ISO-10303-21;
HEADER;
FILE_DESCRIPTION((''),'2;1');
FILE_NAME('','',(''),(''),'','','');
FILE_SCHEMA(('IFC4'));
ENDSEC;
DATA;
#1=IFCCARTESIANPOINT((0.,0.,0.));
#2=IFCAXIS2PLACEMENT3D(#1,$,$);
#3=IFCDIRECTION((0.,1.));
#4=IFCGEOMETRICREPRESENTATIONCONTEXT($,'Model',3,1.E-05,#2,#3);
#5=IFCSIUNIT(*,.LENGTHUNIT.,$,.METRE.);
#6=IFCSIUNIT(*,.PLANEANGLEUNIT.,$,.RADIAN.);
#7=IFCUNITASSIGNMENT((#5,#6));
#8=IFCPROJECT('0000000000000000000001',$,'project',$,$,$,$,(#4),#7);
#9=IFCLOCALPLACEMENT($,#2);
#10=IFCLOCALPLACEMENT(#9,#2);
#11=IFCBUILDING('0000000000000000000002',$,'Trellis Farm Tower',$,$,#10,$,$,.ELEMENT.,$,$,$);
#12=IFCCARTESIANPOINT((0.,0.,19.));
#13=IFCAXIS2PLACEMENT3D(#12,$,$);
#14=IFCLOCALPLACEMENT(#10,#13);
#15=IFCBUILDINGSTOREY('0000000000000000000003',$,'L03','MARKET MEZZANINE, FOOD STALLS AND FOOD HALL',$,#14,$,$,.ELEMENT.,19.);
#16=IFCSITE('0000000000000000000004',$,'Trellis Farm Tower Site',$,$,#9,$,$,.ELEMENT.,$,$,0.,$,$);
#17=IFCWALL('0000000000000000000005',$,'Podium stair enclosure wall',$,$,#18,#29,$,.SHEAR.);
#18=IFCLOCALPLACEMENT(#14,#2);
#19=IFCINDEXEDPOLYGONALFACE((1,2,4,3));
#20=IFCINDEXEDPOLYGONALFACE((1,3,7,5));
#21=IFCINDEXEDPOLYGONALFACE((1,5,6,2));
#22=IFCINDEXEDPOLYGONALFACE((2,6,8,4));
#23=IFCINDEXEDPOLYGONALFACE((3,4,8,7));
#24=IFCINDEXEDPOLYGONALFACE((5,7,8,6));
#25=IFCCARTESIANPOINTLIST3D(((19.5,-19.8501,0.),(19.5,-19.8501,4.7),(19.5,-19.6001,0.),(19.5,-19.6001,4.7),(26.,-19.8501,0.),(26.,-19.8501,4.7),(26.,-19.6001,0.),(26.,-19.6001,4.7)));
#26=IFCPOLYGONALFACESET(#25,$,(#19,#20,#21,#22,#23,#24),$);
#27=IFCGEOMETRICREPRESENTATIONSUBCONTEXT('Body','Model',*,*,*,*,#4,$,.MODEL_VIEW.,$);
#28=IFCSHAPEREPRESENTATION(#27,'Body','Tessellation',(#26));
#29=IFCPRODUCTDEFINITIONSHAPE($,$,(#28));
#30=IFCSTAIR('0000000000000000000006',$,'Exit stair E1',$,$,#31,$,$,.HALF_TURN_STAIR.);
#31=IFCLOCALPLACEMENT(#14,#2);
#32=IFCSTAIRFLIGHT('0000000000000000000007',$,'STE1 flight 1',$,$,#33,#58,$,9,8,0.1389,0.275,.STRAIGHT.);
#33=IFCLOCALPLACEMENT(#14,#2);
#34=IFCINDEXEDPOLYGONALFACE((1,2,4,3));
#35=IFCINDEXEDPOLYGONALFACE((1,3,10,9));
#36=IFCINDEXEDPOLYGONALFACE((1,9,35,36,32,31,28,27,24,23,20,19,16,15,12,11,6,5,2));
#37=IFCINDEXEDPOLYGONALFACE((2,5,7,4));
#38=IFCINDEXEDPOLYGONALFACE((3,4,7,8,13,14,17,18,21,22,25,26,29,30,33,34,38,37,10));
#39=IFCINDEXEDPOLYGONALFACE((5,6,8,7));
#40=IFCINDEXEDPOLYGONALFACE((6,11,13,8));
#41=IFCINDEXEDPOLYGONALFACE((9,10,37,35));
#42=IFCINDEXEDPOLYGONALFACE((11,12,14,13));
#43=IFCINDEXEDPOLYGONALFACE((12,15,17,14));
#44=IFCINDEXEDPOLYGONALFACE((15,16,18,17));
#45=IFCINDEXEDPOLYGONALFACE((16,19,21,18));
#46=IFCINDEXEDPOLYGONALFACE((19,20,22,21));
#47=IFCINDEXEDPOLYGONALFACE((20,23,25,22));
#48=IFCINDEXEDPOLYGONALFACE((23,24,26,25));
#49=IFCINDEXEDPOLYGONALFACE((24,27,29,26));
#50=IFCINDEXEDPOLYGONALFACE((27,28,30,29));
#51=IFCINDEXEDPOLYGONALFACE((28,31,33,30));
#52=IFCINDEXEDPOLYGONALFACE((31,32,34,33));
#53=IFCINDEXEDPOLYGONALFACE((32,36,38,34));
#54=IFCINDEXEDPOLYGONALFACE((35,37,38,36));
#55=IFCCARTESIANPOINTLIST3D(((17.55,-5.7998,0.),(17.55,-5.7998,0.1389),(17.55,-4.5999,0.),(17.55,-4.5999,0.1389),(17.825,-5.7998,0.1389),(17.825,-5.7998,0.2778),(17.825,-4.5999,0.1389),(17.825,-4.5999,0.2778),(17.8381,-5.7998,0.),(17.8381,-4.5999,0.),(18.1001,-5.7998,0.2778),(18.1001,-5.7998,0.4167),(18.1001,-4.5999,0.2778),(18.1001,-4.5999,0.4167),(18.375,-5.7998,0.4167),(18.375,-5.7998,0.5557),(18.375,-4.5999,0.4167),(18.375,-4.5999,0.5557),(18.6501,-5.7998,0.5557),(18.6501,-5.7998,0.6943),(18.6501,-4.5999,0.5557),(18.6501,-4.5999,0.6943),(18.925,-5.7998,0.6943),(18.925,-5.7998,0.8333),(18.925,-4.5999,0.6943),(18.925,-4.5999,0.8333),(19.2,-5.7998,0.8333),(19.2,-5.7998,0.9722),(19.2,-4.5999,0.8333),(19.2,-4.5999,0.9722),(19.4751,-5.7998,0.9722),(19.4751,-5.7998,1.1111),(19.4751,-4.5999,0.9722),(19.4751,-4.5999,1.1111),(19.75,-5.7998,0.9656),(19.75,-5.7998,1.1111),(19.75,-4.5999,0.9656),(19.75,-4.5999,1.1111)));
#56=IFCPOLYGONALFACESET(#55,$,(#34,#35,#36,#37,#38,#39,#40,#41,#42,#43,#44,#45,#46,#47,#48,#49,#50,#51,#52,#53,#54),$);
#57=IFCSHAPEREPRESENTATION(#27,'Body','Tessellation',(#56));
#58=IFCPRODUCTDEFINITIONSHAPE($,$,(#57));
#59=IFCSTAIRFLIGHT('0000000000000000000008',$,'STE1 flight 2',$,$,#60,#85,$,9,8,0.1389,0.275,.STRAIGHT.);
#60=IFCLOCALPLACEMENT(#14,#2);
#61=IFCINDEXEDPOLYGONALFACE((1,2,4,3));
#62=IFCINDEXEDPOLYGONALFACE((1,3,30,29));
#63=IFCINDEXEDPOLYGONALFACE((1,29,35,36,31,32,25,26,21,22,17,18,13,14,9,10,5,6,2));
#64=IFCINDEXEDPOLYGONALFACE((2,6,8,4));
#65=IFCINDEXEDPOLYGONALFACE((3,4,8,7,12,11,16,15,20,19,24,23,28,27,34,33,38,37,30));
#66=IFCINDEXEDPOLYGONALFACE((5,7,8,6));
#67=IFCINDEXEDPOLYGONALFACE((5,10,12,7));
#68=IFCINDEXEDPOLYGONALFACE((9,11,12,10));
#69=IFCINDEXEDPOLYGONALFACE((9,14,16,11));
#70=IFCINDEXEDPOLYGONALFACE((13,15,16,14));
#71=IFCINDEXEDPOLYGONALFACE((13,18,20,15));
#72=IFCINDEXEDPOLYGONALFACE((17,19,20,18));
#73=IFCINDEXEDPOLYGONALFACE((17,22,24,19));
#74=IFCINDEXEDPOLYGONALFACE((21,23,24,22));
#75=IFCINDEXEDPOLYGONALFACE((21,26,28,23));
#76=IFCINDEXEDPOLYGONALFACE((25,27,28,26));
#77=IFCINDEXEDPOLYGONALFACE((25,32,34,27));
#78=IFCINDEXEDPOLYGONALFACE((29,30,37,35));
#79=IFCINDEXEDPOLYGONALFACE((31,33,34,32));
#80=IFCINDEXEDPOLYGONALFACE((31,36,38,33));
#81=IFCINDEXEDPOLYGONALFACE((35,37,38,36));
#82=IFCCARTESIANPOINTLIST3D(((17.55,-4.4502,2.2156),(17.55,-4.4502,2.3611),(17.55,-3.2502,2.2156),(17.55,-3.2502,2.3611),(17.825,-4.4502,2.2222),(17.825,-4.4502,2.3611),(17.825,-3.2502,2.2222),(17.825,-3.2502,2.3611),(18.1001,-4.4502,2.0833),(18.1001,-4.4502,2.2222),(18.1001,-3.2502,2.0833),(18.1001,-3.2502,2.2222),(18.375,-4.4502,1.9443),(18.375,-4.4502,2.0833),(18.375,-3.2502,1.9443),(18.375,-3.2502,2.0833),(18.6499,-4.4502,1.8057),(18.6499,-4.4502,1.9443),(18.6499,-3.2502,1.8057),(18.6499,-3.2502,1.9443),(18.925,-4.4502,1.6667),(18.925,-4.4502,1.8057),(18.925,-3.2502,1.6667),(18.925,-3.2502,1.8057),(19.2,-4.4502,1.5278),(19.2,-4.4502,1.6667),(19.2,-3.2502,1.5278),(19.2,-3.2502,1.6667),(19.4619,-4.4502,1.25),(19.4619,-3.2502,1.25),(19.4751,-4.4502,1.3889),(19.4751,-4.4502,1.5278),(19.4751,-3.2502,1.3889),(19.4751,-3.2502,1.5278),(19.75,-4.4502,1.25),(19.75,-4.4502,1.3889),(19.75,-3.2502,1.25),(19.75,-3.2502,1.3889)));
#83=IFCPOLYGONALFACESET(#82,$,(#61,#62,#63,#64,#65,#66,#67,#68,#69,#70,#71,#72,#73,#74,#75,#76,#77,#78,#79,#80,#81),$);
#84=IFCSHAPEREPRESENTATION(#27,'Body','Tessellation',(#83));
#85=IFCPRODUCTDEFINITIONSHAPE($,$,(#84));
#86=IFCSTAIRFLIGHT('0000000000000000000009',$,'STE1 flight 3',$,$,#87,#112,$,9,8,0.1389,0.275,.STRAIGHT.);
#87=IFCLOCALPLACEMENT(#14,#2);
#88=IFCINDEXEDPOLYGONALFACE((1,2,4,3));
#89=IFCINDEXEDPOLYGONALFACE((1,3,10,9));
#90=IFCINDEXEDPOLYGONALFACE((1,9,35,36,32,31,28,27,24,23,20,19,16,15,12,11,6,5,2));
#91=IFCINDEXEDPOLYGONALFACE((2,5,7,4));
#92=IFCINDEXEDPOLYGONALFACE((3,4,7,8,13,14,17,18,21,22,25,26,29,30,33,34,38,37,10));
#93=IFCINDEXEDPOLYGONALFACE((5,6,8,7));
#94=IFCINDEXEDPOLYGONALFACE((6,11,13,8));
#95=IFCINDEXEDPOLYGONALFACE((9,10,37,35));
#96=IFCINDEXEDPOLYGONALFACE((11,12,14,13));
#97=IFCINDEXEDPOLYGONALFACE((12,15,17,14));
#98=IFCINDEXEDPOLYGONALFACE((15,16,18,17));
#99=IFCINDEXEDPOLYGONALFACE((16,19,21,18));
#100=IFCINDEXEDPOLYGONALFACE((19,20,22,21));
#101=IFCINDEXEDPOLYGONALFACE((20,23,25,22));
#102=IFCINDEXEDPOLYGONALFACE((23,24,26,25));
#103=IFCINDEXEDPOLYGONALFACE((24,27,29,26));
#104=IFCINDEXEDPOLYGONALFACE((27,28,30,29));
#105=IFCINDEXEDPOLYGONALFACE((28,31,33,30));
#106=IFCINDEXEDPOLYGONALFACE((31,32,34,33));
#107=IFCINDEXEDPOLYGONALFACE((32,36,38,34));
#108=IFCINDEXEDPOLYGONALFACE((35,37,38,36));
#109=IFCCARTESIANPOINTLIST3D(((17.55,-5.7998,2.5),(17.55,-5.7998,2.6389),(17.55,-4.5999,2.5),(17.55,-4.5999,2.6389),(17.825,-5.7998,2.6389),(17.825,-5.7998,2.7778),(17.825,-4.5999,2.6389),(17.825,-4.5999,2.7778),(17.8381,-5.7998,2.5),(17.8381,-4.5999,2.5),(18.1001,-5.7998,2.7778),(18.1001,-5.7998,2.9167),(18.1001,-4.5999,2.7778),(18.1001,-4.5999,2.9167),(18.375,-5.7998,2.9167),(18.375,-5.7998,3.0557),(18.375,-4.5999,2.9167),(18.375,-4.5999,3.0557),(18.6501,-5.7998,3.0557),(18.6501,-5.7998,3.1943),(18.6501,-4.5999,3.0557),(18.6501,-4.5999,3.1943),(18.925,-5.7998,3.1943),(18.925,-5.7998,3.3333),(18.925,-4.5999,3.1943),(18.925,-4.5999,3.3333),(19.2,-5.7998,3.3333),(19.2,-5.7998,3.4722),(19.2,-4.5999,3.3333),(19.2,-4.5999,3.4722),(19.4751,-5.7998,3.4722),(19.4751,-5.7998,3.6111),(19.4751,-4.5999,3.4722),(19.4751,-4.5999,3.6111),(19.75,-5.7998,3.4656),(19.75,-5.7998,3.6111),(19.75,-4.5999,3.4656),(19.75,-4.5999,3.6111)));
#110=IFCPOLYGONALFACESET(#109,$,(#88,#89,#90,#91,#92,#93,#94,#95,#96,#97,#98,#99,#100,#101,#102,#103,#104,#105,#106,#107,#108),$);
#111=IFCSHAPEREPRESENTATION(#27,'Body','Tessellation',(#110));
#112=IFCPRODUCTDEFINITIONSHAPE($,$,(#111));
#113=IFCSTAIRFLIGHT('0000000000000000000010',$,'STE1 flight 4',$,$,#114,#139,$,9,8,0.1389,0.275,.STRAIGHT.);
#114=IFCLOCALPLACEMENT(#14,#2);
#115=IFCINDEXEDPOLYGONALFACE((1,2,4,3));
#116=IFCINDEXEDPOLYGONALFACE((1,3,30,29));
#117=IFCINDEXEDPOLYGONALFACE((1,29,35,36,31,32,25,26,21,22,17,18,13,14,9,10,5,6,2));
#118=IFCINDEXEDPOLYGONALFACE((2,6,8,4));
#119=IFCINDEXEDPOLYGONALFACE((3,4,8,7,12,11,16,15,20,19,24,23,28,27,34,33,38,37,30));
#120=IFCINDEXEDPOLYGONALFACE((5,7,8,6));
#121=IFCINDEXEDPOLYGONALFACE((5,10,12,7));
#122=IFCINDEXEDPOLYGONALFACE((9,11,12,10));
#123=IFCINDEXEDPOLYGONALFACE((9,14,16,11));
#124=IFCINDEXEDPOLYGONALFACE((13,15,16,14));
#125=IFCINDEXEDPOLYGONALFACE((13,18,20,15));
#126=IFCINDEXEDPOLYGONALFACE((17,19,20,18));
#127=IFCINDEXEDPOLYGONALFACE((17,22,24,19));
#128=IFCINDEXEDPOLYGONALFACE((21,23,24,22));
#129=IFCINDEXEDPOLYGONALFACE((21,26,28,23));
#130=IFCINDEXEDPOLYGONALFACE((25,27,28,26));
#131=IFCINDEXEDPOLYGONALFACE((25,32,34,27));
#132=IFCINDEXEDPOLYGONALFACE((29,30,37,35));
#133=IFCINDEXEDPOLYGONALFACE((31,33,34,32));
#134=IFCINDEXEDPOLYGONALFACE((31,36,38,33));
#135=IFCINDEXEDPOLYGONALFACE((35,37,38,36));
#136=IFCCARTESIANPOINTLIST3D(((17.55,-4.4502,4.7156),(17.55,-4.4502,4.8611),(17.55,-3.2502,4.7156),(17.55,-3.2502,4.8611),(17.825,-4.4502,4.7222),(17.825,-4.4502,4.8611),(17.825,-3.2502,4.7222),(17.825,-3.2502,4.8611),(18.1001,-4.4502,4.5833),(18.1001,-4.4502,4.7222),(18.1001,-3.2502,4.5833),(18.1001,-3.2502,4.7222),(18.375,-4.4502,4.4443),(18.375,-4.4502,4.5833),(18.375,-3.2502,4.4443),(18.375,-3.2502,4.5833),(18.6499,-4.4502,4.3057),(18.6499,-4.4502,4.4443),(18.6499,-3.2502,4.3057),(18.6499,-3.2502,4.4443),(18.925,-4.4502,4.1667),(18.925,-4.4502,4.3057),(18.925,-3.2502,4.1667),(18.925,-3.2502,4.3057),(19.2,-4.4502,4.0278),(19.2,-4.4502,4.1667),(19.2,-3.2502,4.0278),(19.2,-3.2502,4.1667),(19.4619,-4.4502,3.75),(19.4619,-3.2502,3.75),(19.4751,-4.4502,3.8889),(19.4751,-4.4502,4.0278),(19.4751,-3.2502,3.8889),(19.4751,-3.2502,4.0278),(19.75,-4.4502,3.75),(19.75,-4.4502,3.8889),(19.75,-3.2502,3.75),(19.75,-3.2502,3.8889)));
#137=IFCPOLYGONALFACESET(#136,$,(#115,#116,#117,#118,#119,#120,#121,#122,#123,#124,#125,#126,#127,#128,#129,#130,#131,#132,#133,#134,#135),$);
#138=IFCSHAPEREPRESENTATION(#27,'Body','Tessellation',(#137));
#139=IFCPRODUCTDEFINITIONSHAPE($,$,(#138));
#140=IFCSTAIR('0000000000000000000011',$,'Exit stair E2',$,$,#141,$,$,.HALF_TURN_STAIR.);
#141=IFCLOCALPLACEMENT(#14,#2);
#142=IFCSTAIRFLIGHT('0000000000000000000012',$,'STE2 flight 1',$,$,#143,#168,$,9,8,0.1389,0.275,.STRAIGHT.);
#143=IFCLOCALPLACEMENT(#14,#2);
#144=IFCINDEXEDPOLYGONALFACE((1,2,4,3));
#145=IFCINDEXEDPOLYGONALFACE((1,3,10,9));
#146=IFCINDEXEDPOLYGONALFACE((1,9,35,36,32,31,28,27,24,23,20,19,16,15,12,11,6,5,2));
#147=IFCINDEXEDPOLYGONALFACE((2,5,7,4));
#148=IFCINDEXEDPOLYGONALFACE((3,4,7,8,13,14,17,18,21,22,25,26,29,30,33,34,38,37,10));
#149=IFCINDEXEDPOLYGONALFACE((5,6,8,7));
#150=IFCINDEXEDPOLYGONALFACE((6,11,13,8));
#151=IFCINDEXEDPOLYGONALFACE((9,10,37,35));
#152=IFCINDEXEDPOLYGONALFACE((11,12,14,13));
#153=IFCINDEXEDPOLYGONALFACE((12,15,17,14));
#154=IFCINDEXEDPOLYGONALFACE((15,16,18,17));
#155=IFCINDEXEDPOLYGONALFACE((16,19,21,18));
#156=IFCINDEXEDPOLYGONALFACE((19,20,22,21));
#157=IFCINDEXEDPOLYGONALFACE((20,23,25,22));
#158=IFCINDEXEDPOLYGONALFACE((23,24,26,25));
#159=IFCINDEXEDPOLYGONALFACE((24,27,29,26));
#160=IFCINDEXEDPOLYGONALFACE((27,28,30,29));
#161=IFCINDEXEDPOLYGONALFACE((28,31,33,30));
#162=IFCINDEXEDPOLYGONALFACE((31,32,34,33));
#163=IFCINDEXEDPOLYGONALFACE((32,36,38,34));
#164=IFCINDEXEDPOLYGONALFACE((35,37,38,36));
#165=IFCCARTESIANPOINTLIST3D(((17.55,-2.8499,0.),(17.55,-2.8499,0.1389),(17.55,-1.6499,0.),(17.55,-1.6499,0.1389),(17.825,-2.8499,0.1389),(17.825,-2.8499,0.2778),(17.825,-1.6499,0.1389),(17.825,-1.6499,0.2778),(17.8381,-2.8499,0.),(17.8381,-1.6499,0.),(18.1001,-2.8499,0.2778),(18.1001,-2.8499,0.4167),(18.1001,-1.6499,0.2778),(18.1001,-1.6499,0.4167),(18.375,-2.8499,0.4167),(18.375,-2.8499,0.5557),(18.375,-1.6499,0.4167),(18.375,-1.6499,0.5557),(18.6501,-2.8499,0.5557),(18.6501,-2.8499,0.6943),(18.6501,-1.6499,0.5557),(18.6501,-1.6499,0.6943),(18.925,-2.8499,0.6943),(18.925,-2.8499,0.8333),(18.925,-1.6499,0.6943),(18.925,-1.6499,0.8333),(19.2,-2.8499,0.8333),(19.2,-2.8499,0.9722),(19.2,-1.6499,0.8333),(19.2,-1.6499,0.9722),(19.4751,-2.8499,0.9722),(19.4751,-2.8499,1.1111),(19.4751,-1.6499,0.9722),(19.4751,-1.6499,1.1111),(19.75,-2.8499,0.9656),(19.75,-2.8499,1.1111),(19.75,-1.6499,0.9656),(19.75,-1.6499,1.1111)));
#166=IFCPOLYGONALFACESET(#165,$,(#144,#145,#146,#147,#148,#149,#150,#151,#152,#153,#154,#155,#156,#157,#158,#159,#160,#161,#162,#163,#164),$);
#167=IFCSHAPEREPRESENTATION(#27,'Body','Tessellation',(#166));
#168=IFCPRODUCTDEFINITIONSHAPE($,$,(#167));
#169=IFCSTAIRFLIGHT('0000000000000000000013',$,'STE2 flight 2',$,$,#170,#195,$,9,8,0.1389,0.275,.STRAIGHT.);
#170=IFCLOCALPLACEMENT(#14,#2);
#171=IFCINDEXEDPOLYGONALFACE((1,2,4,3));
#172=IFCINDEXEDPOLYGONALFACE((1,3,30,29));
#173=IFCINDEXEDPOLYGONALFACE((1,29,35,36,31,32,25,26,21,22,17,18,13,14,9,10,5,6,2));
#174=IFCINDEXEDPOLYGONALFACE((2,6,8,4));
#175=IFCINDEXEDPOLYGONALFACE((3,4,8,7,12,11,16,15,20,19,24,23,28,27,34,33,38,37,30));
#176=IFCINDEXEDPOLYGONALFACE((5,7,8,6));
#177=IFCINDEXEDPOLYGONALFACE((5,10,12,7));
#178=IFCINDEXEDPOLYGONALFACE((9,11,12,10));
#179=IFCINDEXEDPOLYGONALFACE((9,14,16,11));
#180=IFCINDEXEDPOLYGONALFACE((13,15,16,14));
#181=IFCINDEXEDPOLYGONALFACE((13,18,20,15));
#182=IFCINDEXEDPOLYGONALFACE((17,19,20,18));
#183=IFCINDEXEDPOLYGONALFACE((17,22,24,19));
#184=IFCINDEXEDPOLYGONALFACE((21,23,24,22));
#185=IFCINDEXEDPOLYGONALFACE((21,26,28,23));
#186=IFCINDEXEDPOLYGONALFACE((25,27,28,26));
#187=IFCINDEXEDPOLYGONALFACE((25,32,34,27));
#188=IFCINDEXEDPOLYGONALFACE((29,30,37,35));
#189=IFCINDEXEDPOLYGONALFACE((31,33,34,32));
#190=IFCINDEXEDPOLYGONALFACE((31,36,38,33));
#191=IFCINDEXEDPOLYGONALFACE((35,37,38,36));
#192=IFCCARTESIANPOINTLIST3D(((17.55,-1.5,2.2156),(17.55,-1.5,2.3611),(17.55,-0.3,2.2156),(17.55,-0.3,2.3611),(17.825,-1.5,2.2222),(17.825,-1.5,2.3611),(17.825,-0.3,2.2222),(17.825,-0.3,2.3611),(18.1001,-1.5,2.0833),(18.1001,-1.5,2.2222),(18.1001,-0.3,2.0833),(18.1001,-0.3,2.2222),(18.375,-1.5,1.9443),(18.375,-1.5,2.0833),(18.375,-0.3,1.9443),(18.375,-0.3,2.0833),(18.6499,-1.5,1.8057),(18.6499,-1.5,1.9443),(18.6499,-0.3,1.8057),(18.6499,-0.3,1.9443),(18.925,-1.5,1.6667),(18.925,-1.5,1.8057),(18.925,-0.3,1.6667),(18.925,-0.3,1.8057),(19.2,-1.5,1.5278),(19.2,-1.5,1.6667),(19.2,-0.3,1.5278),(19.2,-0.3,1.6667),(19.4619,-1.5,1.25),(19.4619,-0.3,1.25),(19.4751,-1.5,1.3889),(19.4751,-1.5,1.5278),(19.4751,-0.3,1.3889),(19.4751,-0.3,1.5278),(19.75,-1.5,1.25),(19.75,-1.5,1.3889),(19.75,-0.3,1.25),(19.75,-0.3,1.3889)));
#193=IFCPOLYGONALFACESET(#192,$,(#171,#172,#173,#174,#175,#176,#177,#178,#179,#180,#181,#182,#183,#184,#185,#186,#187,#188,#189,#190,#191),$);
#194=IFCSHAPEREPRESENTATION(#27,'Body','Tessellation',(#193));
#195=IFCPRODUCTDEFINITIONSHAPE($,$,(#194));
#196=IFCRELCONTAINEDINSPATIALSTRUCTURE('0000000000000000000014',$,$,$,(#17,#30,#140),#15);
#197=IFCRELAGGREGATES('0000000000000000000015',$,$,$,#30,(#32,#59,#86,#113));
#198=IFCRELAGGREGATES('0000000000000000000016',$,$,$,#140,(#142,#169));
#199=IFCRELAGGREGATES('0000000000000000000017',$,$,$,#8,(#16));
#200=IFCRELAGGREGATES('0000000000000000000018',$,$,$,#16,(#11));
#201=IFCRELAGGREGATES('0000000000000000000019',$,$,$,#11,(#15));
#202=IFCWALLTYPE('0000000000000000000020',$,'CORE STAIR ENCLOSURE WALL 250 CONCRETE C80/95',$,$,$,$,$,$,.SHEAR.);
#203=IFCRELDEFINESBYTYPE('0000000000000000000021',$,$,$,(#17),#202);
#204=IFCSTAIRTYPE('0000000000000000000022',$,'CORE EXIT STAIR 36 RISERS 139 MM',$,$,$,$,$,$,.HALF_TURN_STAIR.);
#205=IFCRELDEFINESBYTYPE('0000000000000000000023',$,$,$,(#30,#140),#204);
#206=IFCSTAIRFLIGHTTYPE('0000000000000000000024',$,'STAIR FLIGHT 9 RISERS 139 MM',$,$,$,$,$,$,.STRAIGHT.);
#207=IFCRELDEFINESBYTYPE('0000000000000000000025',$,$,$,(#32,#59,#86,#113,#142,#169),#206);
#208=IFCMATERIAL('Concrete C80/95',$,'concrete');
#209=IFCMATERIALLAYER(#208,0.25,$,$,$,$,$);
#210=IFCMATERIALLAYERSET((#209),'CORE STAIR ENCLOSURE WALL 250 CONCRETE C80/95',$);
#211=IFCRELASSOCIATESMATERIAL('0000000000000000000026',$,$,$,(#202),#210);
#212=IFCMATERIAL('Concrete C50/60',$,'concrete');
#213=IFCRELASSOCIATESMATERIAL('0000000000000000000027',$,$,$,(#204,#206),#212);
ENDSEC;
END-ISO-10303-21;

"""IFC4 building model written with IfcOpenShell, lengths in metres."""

from ifc_helpers import new_model, si_unit, direction, frame, frame_2d, origin, place, context, subcontext, project, spatial, polyline, rectangle, outline, extrude, source, transform, mapped, material, layer, layer_set, type_object, element, aggregate, save


model = new_model("IFC4")

# Units and contexts
model_context = context("Model", 3, precision=1e-05, world=origin(), true_north=direction((0.0, 1.0)))
body_context = subcontext(model_context, "Body", "Model", "MODEL_VIEW")
ifc_project = project(units=[si_unit("LENGTHUNIT", "METRE"), si_unit("PLANEANGLEUNIT", "RADIAN")], contexts=[model_context])

# Site, building, storey
site_placement = place(None, origin())
site = spatial("IfcSite", under=ifc_project, at=site_placement, Name="Trellis Farm Tower Site", CompositionType="ELEMENT", RefElevation=0.0)
building_placement = place(site_placement, origin())
building = spatial("IfcBuilding", under=site, at=building_placement, Name="Trellis Farm Tower", CompositionType="ELEMENT")
storey_placement = place(building_placement, frame((0.0, 0.0, 19.0)))
storey = spatial("IfcBuildingStorey", under=building, at=storey_placement, Name="L03", Description="MARKET MEZZANINE, FOOD STALLS AND FOOD HALL", CompositionType="ELEMENT", Elevation=19.0)

# Shared definitions
ifc_material_1 = material(Name="Concrete C80/95", Category="concrete")

# Wall
ifc_layer_1 = layer(ifc_material_1, 0.25)
ifc_layer_set_1 = layer_set([ifc_layer_1], Name="CORE STAIR ENCLOSURE WALL 250 CONCRETE C80/95")
wall_type_1 = type_object("IfcWallType", Name="CORE STAIR ENCLOSURE WALL 250 CONCRETE C80/95", PredefinedType="SHEAR", material=ifc_layer_set_1)
shared_shape_1 = source(origin(), body_context, "Body", "SweptSolid", [
    extrude(rectangle(XDim=6.5, YDim=0.25, at=frame_2d((3.25, 0.0))), origin(), (0.0, 0.0, 1.0), 4.7),
])
wall_1_placement = place(storey_placement, frame((19.5, -19.7251, 0.0), z_axis=(0.0, 0.0, 1.0), x_axis=(1.0, 0.0, 0.0)))
element("IfcWall", 1, at=wall_1_placement, inside=storey, type_object=wall_type_1, Name="Podium stair enclosure wall", PredefinedType="SHEAR", context=body_context, shape_type="MappedRepresentation", body=[
    mapped(shared_shape_1, transform((0.0, 0.0, 0.0))),
])

# Stairs, stair flights
ifc_material_2 = material(Name="Concrete C50/60", Category="concrete")
stair_type = type_object("IfcStairType", Name="CORE EXIT STAIR 36 RISERS 139 MM", PredefinedType="HALF_TURN_STAIR", material=ifc_material_2)
placement = place(storey_placement, origin())
stair_1 = element("IfcStair", 2, at=placement, inside=storey, type_object=stair_type, Name="Exit stair E1", PredefinedType="HALF_TURN_STAIR")
stair_flight_type = type_object("IfcStairFlightType", Name="STAIR FLIGHT 9 RISERS 139 MM", PredefinedType="STRAIGHT", material=ifc_material_2)
shared_shape_2 = source(origin(), body_context, "Body", "SweptSolid", [
    extrude(outline(polyline([(0.0, 0.0), (0.0, 0.1389), (0.2749, 0.1389), (0.2749, 0.2778), (0.55, 0.2778), (0.55, 0.4167), (0.825, 0.4167), (0.825, 0.5557), (1.1001, 0.5557), (1.1001, 0.6943), (1.375, 0.6943), (1.375, 0.8333), (1.6499, 0.8333), (1.6499, 0.9722), (1.925, 0.9722), (1.925, 1.1111), (2.2, 1.1111), (2.2, 1.25), (2.2, 0.9656), (0.2881, 0.0), (0.0, 0.0)])), frame((0.0, 0.6001, 0.0), z_axis=(0.0, -1.0, 0.0), x_axis=(1.0, 0.0, 0.0)), (0.0, 0.0, 1.0), 1.2),
])
stair_flight_1_placement = place(storey_placement, frame((17.55, -5.2, 0.0), z_axis=(0.0, 0.0, 1.0), x_axis=(1.0, 0.0, 0.0)))
stair_flight_1 = element("IfcStairFlight", 3, at=stair_flight_1_placement, type_object=stair_flight_type, Name="STE1 flight 1", NumberOfRisers=9, NumberOfTreads=8, PredefinedType="STRAIGHT", RiserHeight=0.1389, TreadLength=0.275, context=body_context, shape_type="MappedRepresentation", body=[
    mapped(shared_shape_2, transform((0.0, 0.0, 0.0))),
])
stair_flight_2_placement = place(storey_placement, frame((19.75, -3.8501, 1.25), z_axis=(0.0, 0.0, 1.0), x_axis=(-1.0, 0.0, 0.0)))
stair_flight_2 = element("IfcStairFlight", 4, at=stair_flight_2_placement, type_object=stair_flight_type, Name="STE1 flight 2", NumberOfRisers=9, NumberOfTreads=8, PredefinedType="STRAIGHT", RiserHeight=0.1389, TreadLength=0.275, context=body_context, shape_type="MappedRepresentation", body=[
    mapped(shared_shape_2, transform((0.0, 0.0, 0.0))),
])
stair_flight_3_placement = place(storey_placement, frame((17.55, -5.2, 2.5), z_axis=(0.0, 0.0, 1.0), x_axis=(1.0, 0.0, 0.0)))
stair_flight_3 = element("IfcStairFlight", 5, at=stair_flight_3_placement, type_object=stair_flight_type, Name="STE1 flight 3", NumberOfRisers=9, NumberOfTreads=8, PredefinedType="STRAIGHT", RiserHeight=0.1389, TreadLength=0.275, context=body_context, shape_type="MappedRepresentation", body=[
    mapped(shared_shape_2, transform((0.0, 0.0, 0.0))),
])
stair_flight_4_placement = place(storey_placement, frame((19.75, -3.8501, 3.75), z_axis=(0.0, 0.0, 1.0), x_axis=(-1.0, 0.0, 0.0)))
stair_flight_4 = element("IfcStairFlight", 6, at=stair_flight_4_placement, type_object=stair_flight_type, Name="STE1 flight 4", NumberOfRisers=9, NumberOfTreads=8, PredefinedType="STRAIGHT", RiserHeight=0.1389, TreadLength=0.275, context=body_context, shape_type="MappedRepresentation", body=[
    mapped(shared_shape_2, transform((0.0, 0.0, 0.0))),
])
aggregate(stair_1, [stair_flight_1, stair_flight_2, stair_flight_3, stair_flight_4])
stair_2 = element("IfcStair", 7, at=placement, inside=storey, type_object=stair_type, Name="Exit stair E2", PredefinedType="HALF_TURN_STAIR")
stair_flight_5_placement = place(storey_placement, frame((17.55, -2.25, 0.0), z_axis=(0.0, 0.0, 1.0), x_axis=(1.0, 0.0, 0.0)))
stair_flight_5 = element("IfcStairFlight", 8, at=stair_flight_5_placement, type_object=stair_flight_type, Name="STE2 flight 1", NumberOfRisers=9, NumberOfTreads=8, PredefinedType="STRAIGHT", RiserHeight=0.1389, TreadLength=0.275, context=body_context, shape_type="MappedRepresentation", body=[
    mapped(shared_shape_2, transform((0.0, 0.0, 0.0))),
])
stair_flight_6_placement = place(storey_placement, frame((19.75, -0.8999, 1.25), z_axis=(0.0, 0.0, 1.0), x_axis=(-1.0, 0.0, 0.0)))
stair_flight_6 = element("IfcStairFlight", 9, at=stair_flight_6_placement, type_object=stair_flight_type, Name="STE2 flight 2", NumberOfRisers=9, NumberOfTreads=8, PredefinedType="STRAIGHT", RiserHeight=0.1389, TreadLength=0.275, context=body_context, shape_type="MappedRepresentation", body=[
    mapped(shared_shape_2, transform((0.0, 0.0, 0.0))),
])
aggregate(stair_2, [stair_flight_5, stair_flight_6])

save(model, "model.ifc")
